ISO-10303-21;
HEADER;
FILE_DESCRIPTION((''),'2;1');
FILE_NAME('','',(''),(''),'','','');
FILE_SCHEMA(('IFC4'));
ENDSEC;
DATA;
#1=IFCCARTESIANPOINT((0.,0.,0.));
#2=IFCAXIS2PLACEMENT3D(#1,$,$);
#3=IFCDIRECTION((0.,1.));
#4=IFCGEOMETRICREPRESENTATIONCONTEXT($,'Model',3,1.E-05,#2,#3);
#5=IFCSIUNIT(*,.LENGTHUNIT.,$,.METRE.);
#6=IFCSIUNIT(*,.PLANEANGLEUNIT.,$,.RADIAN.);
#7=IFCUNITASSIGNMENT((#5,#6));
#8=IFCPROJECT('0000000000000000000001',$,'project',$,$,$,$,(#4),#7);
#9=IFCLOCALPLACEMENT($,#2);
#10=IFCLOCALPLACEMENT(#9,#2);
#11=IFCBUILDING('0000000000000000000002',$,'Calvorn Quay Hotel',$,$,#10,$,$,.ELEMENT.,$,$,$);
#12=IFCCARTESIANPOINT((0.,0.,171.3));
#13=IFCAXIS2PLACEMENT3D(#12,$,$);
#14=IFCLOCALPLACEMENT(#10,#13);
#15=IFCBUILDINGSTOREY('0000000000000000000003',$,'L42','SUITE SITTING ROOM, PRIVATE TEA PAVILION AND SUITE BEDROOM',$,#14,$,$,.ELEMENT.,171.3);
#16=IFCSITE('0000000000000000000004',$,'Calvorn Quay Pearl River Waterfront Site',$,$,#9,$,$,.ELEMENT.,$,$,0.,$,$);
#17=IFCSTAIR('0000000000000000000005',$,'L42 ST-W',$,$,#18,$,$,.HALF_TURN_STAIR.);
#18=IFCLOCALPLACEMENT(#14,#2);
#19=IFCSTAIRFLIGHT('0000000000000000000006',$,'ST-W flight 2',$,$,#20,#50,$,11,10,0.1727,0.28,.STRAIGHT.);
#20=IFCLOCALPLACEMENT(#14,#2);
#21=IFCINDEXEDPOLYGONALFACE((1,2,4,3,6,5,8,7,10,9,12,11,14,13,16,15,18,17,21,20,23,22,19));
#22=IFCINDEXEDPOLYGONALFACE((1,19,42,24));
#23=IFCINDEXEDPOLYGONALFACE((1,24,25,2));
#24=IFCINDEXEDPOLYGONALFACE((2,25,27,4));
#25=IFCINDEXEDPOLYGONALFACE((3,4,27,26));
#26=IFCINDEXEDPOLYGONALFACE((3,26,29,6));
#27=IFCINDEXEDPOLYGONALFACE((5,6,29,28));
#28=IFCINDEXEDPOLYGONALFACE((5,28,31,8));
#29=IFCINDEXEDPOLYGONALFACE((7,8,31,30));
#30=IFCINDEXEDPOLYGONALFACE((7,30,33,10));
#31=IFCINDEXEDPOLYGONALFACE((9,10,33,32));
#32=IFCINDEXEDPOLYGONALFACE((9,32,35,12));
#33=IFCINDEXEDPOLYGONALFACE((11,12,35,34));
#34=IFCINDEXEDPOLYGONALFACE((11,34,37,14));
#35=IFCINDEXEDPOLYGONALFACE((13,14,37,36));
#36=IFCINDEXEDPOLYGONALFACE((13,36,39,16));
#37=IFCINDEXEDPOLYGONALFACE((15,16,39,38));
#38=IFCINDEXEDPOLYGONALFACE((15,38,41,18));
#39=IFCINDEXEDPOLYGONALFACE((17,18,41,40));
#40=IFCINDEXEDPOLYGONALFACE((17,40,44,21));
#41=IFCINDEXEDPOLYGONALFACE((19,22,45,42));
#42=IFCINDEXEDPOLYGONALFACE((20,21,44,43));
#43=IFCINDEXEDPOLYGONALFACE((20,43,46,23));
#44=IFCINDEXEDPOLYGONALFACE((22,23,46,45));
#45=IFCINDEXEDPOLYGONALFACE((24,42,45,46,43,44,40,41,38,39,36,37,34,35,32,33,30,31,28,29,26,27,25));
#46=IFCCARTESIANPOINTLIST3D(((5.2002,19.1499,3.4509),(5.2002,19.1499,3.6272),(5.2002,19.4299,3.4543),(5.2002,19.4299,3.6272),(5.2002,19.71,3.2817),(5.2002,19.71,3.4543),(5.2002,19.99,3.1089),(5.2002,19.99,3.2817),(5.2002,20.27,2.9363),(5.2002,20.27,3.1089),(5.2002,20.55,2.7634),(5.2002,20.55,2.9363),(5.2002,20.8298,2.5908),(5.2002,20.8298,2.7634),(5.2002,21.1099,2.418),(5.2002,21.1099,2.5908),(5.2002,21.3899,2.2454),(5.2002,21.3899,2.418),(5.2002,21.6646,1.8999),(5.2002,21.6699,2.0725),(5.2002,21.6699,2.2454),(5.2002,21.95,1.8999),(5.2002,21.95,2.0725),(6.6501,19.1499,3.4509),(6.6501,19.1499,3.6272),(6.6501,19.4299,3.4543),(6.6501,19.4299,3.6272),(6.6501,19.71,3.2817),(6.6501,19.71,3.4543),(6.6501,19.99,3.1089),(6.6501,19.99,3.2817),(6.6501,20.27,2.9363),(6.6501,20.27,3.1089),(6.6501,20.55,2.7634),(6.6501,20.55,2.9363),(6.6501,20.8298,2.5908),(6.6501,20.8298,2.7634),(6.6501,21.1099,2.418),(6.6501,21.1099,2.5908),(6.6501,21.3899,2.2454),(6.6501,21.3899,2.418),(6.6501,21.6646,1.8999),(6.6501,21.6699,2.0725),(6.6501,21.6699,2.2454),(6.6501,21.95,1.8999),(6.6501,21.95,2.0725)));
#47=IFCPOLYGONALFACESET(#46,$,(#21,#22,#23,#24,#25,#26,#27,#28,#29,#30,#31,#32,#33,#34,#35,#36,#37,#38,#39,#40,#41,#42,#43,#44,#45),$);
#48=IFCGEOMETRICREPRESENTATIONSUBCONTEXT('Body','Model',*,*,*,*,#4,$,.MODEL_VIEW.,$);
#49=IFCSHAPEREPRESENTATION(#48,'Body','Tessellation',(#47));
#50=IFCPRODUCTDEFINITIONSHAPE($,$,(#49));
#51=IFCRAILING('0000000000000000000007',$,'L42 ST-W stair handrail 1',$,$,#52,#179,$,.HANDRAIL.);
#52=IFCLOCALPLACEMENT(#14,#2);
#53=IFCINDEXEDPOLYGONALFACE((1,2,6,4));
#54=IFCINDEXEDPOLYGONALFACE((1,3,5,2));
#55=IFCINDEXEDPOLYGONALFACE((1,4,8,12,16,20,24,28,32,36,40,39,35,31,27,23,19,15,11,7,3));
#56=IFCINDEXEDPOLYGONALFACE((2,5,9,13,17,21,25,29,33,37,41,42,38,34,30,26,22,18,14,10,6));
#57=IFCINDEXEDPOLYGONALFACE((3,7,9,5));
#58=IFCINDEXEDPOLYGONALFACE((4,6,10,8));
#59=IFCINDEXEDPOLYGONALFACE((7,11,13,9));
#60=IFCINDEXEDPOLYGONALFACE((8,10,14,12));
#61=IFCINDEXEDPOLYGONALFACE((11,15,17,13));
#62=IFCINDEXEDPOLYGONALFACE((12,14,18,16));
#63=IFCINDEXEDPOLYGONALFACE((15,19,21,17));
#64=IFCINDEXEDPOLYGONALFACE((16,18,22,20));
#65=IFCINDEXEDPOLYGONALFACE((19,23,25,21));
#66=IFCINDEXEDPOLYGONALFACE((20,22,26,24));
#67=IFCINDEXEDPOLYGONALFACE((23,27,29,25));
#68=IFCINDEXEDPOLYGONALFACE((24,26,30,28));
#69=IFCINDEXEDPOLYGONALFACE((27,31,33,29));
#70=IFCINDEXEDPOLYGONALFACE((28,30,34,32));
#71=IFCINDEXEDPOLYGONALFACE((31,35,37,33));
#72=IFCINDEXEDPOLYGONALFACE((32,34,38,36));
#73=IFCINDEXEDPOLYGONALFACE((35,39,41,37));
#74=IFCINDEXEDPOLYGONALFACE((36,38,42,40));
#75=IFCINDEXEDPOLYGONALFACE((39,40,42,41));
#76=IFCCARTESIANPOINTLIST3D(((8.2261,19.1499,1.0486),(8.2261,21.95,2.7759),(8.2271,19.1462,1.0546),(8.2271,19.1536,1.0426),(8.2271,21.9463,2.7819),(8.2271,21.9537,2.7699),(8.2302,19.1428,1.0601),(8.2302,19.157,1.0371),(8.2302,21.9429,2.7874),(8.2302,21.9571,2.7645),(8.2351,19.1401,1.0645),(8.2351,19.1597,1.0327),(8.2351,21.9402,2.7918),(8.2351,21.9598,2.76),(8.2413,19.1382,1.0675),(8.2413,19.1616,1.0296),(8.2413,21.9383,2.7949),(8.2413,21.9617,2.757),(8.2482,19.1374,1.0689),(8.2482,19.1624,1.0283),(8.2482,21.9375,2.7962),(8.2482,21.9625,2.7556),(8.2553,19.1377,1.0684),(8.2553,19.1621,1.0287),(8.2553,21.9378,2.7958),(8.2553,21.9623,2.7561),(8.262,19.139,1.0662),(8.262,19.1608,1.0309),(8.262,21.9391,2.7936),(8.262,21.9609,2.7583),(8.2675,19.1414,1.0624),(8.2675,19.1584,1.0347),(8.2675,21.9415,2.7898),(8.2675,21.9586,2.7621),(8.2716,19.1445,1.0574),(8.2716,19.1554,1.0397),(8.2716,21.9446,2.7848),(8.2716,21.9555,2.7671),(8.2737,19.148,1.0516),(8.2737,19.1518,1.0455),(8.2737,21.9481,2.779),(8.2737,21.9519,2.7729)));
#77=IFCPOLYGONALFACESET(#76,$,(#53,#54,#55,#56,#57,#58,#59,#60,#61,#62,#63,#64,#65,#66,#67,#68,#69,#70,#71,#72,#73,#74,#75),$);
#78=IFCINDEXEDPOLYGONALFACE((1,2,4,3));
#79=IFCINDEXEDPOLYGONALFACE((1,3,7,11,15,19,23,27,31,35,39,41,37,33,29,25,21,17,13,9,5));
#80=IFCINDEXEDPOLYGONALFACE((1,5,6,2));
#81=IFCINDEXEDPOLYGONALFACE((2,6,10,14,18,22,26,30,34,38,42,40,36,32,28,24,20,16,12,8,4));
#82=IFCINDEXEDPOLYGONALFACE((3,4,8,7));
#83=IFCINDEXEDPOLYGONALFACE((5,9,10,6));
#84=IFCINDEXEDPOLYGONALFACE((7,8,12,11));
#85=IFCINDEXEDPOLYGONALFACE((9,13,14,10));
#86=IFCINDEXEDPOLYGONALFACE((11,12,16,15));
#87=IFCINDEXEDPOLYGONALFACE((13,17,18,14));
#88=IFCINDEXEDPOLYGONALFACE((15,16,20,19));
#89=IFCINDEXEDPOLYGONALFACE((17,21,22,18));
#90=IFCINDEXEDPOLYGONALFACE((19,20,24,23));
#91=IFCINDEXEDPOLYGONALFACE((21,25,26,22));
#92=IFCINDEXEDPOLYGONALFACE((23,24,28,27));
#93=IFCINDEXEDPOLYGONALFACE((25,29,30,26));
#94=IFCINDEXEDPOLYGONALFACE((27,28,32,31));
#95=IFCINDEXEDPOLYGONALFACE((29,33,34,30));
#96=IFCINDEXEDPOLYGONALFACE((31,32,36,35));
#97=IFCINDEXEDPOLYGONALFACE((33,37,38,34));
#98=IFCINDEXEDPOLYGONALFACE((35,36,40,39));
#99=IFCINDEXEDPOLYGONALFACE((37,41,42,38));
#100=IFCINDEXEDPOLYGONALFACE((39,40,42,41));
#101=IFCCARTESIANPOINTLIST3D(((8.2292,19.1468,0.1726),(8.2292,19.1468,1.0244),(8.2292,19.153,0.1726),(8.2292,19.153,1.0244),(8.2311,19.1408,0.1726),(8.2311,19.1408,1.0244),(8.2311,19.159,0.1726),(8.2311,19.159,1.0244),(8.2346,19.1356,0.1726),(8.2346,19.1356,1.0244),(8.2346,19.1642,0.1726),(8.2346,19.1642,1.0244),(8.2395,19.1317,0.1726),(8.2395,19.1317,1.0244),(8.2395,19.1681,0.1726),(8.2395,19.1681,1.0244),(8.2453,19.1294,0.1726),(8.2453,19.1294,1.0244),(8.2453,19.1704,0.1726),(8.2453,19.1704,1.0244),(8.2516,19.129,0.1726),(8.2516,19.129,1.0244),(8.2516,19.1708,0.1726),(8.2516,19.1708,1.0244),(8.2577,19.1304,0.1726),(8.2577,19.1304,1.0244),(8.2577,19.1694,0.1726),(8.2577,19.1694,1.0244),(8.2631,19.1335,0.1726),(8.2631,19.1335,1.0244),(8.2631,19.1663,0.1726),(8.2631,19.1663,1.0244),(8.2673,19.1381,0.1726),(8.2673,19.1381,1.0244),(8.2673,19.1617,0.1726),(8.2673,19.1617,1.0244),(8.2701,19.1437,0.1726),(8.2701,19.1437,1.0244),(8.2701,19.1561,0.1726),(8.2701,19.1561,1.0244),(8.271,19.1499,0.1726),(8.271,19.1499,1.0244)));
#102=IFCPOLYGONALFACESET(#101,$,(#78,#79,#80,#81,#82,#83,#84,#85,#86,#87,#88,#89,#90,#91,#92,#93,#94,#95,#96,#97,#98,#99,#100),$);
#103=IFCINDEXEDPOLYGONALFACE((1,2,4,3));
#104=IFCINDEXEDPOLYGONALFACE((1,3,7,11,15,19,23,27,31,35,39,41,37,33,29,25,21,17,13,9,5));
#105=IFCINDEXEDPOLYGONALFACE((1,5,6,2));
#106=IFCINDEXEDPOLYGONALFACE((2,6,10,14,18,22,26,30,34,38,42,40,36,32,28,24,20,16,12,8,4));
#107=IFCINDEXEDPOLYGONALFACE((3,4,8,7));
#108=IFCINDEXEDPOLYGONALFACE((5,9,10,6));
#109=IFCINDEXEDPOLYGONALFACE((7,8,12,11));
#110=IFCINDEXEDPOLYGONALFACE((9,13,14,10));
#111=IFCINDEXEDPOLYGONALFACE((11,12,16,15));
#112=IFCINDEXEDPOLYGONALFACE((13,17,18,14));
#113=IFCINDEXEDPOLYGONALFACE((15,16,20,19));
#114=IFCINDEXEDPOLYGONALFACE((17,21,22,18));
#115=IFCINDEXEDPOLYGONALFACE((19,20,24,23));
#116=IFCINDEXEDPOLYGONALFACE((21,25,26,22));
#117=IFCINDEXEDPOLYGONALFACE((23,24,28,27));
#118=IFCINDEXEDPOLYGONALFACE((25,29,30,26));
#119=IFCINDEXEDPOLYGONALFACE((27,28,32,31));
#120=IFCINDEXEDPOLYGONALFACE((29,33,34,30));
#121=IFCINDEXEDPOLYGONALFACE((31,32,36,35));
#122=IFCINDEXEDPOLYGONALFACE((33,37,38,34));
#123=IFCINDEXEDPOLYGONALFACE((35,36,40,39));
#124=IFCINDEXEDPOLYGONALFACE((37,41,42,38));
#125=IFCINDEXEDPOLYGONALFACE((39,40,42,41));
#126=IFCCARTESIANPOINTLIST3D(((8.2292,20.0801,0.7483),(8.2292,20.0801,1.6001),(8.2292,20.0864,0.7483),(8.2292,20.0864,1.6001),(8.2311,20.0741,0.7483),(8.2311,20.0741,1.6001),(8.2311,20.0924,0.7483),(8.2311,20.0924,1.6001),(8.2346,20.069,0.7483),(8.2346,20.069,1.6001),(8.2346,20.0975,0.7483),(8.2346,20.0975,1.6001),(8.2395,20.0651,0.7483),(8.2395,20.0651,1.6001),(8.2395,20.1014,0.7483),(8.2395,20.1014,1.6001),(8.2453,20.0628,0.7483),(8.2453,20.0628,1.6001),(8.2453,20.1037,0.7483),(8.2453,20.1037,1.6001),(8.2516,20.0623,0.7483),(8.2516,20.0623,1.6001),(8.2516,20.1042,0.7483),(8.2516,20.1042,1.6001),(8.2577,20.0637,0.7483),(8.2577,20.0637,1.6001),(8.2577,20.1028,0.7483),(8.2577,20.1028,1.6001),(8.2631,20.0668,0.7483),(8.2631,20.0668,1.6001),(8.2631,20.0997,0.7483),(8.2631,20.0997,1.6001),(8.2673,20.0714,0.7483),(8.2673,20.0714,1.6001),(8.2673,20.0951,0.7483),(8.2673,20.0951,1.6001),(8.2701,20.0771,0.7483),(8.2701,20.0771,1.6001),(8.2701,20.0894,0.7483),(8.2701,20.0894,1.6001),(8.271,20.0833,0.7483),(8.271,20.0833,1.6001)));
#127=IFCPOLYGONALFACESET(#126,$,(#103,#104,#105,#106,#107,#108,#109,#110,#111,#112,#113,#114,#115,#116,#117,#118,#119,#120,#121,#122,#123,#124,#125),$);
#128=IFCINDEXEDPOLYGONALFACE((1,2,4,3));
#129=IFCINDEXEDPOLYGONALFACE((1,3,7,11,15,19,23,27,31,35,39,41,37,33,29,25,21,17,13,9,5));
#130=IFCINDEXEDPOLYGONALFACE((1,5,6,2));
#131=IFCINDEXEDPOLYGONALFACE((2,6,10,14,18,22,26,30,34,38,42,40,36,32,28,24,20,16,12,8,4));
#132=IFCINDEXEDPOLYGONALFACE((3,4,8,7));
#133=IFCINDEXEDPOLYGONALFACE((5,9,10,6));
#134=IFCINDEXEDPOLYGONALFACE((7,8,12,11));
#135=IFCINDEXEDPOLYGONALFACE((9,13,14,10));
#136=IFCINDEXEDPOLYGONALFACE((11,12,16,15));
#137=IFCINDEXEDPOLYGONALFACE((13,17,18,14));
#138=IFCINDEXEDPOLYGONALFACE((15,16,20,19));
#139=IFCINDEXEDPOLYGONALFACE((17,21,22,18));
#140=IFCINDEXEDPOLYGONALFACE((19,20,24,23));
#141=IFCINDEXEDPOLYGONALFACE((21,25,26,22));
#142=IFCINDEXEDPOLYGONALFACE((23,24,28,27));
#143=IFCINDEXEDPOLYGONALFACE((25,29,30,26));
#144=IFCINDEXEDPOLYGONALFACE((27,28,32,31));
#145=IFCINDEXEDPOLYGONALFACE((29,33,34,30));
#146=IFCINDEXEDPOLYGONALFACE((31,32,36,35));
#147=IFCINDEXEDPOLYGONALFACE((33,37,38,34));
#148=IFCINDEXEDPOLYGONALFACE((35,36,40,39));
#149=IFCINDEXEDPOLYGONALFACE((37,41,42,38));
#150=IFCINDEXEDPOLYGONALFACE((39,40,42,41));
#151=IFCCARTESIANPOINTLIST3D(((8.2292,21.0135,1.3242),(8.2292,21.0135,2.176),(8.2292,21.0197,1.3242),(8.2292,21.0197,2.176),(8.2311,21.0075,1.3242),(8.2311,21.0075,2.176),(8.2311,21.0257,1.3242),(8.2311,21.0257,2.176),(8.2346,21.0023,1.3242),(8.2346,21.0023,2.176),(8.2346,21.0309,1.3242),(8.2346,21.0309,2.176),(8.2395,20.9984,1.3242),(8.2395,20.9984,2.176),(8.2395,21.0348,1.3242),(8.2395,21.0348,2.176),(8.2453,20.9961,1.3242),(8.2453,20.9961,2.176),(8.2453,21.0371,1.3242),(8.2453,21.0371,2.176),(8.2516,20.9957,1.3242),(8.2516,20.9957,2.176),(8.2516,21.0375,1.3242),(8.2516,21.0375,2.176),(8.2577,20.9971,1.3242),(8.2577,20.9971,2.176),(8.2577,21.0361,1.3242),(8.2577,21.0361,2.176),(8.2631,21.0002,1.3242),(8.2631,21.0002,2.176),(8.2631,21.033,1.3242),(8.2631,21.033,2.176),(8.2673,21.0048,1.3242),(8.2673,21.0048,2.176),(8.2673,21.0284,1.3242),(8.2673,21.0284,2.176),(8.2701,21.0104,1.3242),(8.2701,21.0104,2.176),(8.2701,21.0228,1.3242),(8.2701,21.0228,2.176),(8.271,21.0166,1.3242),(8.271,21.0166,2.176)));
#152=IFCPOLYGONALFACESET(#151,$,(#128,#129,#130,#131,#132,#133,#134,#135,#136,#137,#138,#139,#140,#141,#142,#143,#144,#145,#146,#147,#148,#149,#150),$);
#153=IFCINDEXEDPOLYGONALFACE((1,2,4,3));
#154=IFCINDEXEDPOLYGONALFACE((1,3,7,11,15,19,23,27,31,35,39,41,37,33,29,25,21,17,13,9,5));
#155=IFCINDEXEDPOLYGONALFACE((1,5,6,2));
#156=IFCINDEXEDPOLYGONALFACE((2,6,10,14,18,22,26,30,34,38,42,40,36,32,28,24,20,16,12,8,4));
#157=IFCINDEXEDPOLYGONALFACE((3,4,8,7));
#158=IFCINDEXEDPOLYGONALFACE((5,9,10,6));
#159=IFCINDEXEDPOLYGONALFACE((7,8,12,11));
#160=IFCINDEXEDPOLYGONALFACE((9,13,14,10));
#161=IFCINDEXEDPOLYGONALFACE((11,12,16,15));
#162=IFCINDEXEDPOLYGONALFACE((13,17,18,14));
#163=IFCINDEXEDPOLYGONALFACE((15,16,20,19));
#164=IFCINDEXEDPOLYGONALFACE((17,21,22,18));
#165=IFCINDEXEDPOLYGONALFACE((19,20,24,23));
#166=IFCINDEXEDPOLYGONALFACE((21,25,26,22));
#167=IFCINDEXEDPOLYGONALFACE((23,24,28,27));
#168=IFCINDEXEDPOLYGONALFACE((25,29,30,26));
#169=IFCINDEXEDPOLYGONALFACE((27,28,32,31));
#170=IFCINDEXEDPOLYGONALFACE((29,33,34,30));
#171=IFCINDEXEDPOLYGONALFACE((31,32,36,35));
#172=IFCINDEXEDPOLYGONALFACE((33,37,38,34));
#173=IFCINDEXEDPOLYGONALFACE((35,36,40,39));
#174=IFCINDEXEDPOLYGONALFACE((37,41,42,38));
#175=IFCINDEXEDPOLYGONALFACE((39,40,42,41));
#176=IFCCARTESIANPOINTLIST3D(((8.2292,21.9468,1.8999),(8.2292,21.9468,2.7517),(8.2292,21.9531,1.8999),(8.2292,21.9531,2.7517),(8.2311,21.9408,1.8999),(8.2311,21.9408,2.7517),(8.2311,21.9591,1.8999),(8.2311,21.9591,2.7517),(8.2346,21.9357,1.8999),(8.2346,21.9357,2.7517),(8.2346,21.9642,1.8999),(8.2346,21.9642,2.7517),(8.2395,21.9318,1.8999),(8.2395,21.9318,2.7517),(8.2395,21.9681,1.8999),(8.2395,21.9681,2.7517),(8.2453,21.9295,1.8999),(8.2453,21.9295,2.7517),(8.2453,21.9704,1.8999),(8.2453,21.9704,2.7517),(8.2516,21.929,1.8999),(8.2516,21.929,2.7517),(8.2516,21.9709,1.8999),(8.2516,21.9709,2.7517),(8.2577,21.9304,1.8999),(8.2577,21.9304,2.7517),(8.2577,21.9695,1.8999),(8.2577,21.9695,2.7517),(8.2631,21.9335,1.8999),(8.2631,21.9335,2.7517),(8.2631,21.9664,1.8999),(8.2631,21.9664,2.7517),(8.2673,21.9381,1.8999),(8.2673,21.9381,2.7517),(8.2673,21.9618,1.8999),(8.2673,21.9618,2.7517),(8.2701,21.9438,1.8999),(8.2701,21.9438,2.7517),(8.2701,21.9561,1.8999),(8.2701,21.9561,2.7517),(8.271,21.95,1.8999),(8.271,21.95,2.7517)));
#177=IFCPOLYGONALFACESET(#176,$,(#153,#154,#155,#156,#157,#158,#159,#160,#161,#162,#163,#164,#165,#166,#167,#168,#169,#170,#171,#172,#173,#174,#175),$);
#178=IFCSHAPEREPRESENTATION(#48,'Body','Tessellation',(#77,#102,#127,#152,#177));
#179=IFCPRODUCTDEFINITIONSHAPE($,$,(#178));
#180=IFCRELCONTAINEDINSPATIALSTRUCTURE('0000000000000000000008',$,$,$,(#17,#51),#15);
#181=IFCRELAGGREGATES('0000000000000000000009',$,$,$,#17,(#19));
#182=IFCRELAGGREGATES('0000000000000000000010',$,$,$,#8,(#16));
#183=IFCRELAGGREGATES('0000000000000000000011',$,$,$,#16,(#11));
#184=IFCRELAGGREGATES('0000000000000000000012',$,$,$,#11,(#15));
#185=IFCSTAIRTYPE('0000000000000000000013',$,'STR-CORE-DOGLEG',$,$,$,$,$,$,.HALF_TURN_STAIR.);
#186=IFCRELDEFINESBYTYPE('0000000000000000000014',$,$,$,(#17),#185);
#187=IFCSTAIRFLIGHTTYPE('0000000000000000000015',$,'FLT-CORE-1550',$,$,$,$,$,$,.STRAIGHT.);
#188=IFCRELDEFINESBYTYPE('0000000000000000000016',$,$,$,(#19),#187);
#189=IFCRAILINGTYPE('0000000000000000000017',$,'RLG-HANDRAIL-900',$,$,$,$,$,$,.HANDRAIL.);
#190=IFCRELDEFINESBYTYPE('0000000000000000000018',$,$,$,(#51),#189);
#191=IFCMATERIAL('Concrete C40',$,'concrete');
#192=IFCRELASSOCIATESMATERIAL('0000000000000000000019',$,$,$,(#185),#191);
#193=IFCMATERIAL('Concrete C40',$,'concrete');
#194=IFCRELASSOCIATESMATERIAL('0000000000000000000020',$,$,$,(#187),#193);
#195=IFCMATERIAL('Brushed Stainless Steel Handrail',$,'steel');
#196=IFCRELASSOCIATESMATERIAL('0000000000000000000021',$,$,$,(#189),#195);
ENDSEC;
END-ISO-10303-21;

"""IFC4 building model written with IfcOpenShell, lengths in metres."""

from ifc_helpers import new_model, si_unit, direction, frame, origin, origin_2d, place, context, subcontext, project, spatial, polyline, circle, outline, extrude, material, type_object, element, aggregate, save


model = new_model("IFC4")

# Units and contexts
model_context = context("Model", 3, precision=1e-05, world=origin(), true_north=direction((0.0, 1.0)))
body_context = subcontext(model_context, "Body", "Model", "MODEL_VIEW")
ifc_project = project(units=[si_unit("LENGTHUNIT", "METRE"), si_unit("PLANEANGLEUNIT", "RADIAN")], contexts=[model_context])

# Site, building, storey
site_placement = place(None, origin())
site = spatial("IfcSite", under=ifc_project, at=site_placement, Name="Calvorn Quay Pearl River Waterfront Site", CompositionType="ELEMENT", RefElevation=0.0)
building_placement = place(site_placement, origin())
building = spatial("IfcBuilding", under=site, at=building_placement, Name="Calvorn Quay Hotel", CompositionType="ELEMENT")
storey_placement = place(building_placement, frame((0.0, 0.0, 171.3)))
storey = spatial("IfcBuildingStorey", under=building, at=storey_placement, Name="L42", Description="SUITE SITTING ROOM, PRIVATE TEA PAVILION AND SUITE BEDROOM", CompositionType="ELEMENT", Elevation=171.3)

# Stair, stair flight
ifc_material_1 = material(Name="Concrete C40", Category="concrete")
stair_type = type_object("IfcStairType", Name="STR-CORE-DOGLEG", PredefinedType="HALF_TURN_STAIR", material=ifc_material_1)
stair_placement = place(storey_placement, origin())
stair = element("IfcStair", 1, at=stair_placement, inside=storey, type_object=stair_type, Name="L42 ST-W", PredefinedType="HALF_TURN_STAIR")
ifc_material_2 = material(Name="Concrete C40", Category="concrete")
stair_flight_type = type_object("IfcStairFlightType", Name="FLT-CORE-1550", PredefinedType="STRAIGHT", material=ifc_material_2)
stair_flight_1_placement = place(storey_placement, frame((5.925, 21.95, 1.8999), z_axis=(0.0, 0.0, 1.0), x_axis=(0.0, -1.0, 0.0)))
stair_flight_1 = element("IfcStairFlight", 2, at=stair_flight_1_placement, type_object=stair_flight_type, Name="ST-W flight 2", NumberOfRisers=11, NumberOfTreads=10, PredefinedType="STRAIGHT", RiserHeight=0.1727, TreadLength=0.28, context=body_context, shape_type="SweptSolid", body=[
    extrude(outline(polyline([(0.0, 0.0), (0.0, 0.1726), (0.28, 0.1726), (0.28, 0.3455), (0.5601, 0.3455), (0.5601, 0.5181), (0.8401, 0.5181), (0.8401, 0.6909), (1.1201, 0.6909), (1.1201, 0.8635), (1.3999, 0.8635), (1.3999, 1.0364), (1.6799, 1.0364), (1.6799, 1.209), (1.96, 1.209), (1.96, 1.3818), (2.24, 1.3818), (2.24, 1.5544), (2.52, 1.5544), (2.52, 1.7273), (2.8, 1.7273), (2.8, 1.8999), (2.8, 1.551), (0.2854, 0.0), (0.0, 0.0)])), frame((0.0, 0.7251, 0.0), z_axis=(0.0, -1.0, 0.0), x_axis=(1.0, 0.0, 0.0)), (0.0, 0.0, 1.0), 1.45),
])
aggregate(stair, [stair_flight_1])

# Railing
ifc_material_3 = material(Name="Brushed Stainless Steel Handrail", Category="steel")
railing_type_1 = type_object("IfcRailingType", Name="RLG-HANDRAIL-900", PredefinedType="HANDRAIL", material=ifc_material_3)
railing_1_placement = place(storey_placement, frame((8.25, 19.1499, 0.1726)))
element("IfcRailing", 3, at=railing_1_placement, inside=storey, type_object=railing_type_1, Name="L42 ST-W stair handrail 1", PredefinedType="HANDRAIL", context=body_context, shape_type="SweptSolid", body=[
    extrude(circle(Radius=0.0239, at=origin_2d()), frame((0.0, 0.0, 0.876), z_axis=(0.0, 0.85109, 0.52502), x_axis=(-1.0, 0.0, 0.0)), (0.0, 0.0, 1.0), 3.29),
    extrude(circle(Radius=0.021, at=origin_2d()), origin(), (0.0, 0.0, 1.0), 0.8518),
    extrude(circle(Radius=0.021, at=origin_2d()), frame((0.0, 0.9333, 0.5757)), (0.0, 0.0, 1.0), 0.8518),
    extrude(circle(Radius=0.021, at=origin_2d()), frame((0.0, 1.8667, 1.1516)), (0.0, 0.0, 1.0), 0.8518),
    extrude(circle(Radius=0.021, at=origin_2d()), frame((0.0, 2.8, 1.7273)), (0.0, 0.0, 1.0), 0.8518),
])

save(model, "model.ifc")
